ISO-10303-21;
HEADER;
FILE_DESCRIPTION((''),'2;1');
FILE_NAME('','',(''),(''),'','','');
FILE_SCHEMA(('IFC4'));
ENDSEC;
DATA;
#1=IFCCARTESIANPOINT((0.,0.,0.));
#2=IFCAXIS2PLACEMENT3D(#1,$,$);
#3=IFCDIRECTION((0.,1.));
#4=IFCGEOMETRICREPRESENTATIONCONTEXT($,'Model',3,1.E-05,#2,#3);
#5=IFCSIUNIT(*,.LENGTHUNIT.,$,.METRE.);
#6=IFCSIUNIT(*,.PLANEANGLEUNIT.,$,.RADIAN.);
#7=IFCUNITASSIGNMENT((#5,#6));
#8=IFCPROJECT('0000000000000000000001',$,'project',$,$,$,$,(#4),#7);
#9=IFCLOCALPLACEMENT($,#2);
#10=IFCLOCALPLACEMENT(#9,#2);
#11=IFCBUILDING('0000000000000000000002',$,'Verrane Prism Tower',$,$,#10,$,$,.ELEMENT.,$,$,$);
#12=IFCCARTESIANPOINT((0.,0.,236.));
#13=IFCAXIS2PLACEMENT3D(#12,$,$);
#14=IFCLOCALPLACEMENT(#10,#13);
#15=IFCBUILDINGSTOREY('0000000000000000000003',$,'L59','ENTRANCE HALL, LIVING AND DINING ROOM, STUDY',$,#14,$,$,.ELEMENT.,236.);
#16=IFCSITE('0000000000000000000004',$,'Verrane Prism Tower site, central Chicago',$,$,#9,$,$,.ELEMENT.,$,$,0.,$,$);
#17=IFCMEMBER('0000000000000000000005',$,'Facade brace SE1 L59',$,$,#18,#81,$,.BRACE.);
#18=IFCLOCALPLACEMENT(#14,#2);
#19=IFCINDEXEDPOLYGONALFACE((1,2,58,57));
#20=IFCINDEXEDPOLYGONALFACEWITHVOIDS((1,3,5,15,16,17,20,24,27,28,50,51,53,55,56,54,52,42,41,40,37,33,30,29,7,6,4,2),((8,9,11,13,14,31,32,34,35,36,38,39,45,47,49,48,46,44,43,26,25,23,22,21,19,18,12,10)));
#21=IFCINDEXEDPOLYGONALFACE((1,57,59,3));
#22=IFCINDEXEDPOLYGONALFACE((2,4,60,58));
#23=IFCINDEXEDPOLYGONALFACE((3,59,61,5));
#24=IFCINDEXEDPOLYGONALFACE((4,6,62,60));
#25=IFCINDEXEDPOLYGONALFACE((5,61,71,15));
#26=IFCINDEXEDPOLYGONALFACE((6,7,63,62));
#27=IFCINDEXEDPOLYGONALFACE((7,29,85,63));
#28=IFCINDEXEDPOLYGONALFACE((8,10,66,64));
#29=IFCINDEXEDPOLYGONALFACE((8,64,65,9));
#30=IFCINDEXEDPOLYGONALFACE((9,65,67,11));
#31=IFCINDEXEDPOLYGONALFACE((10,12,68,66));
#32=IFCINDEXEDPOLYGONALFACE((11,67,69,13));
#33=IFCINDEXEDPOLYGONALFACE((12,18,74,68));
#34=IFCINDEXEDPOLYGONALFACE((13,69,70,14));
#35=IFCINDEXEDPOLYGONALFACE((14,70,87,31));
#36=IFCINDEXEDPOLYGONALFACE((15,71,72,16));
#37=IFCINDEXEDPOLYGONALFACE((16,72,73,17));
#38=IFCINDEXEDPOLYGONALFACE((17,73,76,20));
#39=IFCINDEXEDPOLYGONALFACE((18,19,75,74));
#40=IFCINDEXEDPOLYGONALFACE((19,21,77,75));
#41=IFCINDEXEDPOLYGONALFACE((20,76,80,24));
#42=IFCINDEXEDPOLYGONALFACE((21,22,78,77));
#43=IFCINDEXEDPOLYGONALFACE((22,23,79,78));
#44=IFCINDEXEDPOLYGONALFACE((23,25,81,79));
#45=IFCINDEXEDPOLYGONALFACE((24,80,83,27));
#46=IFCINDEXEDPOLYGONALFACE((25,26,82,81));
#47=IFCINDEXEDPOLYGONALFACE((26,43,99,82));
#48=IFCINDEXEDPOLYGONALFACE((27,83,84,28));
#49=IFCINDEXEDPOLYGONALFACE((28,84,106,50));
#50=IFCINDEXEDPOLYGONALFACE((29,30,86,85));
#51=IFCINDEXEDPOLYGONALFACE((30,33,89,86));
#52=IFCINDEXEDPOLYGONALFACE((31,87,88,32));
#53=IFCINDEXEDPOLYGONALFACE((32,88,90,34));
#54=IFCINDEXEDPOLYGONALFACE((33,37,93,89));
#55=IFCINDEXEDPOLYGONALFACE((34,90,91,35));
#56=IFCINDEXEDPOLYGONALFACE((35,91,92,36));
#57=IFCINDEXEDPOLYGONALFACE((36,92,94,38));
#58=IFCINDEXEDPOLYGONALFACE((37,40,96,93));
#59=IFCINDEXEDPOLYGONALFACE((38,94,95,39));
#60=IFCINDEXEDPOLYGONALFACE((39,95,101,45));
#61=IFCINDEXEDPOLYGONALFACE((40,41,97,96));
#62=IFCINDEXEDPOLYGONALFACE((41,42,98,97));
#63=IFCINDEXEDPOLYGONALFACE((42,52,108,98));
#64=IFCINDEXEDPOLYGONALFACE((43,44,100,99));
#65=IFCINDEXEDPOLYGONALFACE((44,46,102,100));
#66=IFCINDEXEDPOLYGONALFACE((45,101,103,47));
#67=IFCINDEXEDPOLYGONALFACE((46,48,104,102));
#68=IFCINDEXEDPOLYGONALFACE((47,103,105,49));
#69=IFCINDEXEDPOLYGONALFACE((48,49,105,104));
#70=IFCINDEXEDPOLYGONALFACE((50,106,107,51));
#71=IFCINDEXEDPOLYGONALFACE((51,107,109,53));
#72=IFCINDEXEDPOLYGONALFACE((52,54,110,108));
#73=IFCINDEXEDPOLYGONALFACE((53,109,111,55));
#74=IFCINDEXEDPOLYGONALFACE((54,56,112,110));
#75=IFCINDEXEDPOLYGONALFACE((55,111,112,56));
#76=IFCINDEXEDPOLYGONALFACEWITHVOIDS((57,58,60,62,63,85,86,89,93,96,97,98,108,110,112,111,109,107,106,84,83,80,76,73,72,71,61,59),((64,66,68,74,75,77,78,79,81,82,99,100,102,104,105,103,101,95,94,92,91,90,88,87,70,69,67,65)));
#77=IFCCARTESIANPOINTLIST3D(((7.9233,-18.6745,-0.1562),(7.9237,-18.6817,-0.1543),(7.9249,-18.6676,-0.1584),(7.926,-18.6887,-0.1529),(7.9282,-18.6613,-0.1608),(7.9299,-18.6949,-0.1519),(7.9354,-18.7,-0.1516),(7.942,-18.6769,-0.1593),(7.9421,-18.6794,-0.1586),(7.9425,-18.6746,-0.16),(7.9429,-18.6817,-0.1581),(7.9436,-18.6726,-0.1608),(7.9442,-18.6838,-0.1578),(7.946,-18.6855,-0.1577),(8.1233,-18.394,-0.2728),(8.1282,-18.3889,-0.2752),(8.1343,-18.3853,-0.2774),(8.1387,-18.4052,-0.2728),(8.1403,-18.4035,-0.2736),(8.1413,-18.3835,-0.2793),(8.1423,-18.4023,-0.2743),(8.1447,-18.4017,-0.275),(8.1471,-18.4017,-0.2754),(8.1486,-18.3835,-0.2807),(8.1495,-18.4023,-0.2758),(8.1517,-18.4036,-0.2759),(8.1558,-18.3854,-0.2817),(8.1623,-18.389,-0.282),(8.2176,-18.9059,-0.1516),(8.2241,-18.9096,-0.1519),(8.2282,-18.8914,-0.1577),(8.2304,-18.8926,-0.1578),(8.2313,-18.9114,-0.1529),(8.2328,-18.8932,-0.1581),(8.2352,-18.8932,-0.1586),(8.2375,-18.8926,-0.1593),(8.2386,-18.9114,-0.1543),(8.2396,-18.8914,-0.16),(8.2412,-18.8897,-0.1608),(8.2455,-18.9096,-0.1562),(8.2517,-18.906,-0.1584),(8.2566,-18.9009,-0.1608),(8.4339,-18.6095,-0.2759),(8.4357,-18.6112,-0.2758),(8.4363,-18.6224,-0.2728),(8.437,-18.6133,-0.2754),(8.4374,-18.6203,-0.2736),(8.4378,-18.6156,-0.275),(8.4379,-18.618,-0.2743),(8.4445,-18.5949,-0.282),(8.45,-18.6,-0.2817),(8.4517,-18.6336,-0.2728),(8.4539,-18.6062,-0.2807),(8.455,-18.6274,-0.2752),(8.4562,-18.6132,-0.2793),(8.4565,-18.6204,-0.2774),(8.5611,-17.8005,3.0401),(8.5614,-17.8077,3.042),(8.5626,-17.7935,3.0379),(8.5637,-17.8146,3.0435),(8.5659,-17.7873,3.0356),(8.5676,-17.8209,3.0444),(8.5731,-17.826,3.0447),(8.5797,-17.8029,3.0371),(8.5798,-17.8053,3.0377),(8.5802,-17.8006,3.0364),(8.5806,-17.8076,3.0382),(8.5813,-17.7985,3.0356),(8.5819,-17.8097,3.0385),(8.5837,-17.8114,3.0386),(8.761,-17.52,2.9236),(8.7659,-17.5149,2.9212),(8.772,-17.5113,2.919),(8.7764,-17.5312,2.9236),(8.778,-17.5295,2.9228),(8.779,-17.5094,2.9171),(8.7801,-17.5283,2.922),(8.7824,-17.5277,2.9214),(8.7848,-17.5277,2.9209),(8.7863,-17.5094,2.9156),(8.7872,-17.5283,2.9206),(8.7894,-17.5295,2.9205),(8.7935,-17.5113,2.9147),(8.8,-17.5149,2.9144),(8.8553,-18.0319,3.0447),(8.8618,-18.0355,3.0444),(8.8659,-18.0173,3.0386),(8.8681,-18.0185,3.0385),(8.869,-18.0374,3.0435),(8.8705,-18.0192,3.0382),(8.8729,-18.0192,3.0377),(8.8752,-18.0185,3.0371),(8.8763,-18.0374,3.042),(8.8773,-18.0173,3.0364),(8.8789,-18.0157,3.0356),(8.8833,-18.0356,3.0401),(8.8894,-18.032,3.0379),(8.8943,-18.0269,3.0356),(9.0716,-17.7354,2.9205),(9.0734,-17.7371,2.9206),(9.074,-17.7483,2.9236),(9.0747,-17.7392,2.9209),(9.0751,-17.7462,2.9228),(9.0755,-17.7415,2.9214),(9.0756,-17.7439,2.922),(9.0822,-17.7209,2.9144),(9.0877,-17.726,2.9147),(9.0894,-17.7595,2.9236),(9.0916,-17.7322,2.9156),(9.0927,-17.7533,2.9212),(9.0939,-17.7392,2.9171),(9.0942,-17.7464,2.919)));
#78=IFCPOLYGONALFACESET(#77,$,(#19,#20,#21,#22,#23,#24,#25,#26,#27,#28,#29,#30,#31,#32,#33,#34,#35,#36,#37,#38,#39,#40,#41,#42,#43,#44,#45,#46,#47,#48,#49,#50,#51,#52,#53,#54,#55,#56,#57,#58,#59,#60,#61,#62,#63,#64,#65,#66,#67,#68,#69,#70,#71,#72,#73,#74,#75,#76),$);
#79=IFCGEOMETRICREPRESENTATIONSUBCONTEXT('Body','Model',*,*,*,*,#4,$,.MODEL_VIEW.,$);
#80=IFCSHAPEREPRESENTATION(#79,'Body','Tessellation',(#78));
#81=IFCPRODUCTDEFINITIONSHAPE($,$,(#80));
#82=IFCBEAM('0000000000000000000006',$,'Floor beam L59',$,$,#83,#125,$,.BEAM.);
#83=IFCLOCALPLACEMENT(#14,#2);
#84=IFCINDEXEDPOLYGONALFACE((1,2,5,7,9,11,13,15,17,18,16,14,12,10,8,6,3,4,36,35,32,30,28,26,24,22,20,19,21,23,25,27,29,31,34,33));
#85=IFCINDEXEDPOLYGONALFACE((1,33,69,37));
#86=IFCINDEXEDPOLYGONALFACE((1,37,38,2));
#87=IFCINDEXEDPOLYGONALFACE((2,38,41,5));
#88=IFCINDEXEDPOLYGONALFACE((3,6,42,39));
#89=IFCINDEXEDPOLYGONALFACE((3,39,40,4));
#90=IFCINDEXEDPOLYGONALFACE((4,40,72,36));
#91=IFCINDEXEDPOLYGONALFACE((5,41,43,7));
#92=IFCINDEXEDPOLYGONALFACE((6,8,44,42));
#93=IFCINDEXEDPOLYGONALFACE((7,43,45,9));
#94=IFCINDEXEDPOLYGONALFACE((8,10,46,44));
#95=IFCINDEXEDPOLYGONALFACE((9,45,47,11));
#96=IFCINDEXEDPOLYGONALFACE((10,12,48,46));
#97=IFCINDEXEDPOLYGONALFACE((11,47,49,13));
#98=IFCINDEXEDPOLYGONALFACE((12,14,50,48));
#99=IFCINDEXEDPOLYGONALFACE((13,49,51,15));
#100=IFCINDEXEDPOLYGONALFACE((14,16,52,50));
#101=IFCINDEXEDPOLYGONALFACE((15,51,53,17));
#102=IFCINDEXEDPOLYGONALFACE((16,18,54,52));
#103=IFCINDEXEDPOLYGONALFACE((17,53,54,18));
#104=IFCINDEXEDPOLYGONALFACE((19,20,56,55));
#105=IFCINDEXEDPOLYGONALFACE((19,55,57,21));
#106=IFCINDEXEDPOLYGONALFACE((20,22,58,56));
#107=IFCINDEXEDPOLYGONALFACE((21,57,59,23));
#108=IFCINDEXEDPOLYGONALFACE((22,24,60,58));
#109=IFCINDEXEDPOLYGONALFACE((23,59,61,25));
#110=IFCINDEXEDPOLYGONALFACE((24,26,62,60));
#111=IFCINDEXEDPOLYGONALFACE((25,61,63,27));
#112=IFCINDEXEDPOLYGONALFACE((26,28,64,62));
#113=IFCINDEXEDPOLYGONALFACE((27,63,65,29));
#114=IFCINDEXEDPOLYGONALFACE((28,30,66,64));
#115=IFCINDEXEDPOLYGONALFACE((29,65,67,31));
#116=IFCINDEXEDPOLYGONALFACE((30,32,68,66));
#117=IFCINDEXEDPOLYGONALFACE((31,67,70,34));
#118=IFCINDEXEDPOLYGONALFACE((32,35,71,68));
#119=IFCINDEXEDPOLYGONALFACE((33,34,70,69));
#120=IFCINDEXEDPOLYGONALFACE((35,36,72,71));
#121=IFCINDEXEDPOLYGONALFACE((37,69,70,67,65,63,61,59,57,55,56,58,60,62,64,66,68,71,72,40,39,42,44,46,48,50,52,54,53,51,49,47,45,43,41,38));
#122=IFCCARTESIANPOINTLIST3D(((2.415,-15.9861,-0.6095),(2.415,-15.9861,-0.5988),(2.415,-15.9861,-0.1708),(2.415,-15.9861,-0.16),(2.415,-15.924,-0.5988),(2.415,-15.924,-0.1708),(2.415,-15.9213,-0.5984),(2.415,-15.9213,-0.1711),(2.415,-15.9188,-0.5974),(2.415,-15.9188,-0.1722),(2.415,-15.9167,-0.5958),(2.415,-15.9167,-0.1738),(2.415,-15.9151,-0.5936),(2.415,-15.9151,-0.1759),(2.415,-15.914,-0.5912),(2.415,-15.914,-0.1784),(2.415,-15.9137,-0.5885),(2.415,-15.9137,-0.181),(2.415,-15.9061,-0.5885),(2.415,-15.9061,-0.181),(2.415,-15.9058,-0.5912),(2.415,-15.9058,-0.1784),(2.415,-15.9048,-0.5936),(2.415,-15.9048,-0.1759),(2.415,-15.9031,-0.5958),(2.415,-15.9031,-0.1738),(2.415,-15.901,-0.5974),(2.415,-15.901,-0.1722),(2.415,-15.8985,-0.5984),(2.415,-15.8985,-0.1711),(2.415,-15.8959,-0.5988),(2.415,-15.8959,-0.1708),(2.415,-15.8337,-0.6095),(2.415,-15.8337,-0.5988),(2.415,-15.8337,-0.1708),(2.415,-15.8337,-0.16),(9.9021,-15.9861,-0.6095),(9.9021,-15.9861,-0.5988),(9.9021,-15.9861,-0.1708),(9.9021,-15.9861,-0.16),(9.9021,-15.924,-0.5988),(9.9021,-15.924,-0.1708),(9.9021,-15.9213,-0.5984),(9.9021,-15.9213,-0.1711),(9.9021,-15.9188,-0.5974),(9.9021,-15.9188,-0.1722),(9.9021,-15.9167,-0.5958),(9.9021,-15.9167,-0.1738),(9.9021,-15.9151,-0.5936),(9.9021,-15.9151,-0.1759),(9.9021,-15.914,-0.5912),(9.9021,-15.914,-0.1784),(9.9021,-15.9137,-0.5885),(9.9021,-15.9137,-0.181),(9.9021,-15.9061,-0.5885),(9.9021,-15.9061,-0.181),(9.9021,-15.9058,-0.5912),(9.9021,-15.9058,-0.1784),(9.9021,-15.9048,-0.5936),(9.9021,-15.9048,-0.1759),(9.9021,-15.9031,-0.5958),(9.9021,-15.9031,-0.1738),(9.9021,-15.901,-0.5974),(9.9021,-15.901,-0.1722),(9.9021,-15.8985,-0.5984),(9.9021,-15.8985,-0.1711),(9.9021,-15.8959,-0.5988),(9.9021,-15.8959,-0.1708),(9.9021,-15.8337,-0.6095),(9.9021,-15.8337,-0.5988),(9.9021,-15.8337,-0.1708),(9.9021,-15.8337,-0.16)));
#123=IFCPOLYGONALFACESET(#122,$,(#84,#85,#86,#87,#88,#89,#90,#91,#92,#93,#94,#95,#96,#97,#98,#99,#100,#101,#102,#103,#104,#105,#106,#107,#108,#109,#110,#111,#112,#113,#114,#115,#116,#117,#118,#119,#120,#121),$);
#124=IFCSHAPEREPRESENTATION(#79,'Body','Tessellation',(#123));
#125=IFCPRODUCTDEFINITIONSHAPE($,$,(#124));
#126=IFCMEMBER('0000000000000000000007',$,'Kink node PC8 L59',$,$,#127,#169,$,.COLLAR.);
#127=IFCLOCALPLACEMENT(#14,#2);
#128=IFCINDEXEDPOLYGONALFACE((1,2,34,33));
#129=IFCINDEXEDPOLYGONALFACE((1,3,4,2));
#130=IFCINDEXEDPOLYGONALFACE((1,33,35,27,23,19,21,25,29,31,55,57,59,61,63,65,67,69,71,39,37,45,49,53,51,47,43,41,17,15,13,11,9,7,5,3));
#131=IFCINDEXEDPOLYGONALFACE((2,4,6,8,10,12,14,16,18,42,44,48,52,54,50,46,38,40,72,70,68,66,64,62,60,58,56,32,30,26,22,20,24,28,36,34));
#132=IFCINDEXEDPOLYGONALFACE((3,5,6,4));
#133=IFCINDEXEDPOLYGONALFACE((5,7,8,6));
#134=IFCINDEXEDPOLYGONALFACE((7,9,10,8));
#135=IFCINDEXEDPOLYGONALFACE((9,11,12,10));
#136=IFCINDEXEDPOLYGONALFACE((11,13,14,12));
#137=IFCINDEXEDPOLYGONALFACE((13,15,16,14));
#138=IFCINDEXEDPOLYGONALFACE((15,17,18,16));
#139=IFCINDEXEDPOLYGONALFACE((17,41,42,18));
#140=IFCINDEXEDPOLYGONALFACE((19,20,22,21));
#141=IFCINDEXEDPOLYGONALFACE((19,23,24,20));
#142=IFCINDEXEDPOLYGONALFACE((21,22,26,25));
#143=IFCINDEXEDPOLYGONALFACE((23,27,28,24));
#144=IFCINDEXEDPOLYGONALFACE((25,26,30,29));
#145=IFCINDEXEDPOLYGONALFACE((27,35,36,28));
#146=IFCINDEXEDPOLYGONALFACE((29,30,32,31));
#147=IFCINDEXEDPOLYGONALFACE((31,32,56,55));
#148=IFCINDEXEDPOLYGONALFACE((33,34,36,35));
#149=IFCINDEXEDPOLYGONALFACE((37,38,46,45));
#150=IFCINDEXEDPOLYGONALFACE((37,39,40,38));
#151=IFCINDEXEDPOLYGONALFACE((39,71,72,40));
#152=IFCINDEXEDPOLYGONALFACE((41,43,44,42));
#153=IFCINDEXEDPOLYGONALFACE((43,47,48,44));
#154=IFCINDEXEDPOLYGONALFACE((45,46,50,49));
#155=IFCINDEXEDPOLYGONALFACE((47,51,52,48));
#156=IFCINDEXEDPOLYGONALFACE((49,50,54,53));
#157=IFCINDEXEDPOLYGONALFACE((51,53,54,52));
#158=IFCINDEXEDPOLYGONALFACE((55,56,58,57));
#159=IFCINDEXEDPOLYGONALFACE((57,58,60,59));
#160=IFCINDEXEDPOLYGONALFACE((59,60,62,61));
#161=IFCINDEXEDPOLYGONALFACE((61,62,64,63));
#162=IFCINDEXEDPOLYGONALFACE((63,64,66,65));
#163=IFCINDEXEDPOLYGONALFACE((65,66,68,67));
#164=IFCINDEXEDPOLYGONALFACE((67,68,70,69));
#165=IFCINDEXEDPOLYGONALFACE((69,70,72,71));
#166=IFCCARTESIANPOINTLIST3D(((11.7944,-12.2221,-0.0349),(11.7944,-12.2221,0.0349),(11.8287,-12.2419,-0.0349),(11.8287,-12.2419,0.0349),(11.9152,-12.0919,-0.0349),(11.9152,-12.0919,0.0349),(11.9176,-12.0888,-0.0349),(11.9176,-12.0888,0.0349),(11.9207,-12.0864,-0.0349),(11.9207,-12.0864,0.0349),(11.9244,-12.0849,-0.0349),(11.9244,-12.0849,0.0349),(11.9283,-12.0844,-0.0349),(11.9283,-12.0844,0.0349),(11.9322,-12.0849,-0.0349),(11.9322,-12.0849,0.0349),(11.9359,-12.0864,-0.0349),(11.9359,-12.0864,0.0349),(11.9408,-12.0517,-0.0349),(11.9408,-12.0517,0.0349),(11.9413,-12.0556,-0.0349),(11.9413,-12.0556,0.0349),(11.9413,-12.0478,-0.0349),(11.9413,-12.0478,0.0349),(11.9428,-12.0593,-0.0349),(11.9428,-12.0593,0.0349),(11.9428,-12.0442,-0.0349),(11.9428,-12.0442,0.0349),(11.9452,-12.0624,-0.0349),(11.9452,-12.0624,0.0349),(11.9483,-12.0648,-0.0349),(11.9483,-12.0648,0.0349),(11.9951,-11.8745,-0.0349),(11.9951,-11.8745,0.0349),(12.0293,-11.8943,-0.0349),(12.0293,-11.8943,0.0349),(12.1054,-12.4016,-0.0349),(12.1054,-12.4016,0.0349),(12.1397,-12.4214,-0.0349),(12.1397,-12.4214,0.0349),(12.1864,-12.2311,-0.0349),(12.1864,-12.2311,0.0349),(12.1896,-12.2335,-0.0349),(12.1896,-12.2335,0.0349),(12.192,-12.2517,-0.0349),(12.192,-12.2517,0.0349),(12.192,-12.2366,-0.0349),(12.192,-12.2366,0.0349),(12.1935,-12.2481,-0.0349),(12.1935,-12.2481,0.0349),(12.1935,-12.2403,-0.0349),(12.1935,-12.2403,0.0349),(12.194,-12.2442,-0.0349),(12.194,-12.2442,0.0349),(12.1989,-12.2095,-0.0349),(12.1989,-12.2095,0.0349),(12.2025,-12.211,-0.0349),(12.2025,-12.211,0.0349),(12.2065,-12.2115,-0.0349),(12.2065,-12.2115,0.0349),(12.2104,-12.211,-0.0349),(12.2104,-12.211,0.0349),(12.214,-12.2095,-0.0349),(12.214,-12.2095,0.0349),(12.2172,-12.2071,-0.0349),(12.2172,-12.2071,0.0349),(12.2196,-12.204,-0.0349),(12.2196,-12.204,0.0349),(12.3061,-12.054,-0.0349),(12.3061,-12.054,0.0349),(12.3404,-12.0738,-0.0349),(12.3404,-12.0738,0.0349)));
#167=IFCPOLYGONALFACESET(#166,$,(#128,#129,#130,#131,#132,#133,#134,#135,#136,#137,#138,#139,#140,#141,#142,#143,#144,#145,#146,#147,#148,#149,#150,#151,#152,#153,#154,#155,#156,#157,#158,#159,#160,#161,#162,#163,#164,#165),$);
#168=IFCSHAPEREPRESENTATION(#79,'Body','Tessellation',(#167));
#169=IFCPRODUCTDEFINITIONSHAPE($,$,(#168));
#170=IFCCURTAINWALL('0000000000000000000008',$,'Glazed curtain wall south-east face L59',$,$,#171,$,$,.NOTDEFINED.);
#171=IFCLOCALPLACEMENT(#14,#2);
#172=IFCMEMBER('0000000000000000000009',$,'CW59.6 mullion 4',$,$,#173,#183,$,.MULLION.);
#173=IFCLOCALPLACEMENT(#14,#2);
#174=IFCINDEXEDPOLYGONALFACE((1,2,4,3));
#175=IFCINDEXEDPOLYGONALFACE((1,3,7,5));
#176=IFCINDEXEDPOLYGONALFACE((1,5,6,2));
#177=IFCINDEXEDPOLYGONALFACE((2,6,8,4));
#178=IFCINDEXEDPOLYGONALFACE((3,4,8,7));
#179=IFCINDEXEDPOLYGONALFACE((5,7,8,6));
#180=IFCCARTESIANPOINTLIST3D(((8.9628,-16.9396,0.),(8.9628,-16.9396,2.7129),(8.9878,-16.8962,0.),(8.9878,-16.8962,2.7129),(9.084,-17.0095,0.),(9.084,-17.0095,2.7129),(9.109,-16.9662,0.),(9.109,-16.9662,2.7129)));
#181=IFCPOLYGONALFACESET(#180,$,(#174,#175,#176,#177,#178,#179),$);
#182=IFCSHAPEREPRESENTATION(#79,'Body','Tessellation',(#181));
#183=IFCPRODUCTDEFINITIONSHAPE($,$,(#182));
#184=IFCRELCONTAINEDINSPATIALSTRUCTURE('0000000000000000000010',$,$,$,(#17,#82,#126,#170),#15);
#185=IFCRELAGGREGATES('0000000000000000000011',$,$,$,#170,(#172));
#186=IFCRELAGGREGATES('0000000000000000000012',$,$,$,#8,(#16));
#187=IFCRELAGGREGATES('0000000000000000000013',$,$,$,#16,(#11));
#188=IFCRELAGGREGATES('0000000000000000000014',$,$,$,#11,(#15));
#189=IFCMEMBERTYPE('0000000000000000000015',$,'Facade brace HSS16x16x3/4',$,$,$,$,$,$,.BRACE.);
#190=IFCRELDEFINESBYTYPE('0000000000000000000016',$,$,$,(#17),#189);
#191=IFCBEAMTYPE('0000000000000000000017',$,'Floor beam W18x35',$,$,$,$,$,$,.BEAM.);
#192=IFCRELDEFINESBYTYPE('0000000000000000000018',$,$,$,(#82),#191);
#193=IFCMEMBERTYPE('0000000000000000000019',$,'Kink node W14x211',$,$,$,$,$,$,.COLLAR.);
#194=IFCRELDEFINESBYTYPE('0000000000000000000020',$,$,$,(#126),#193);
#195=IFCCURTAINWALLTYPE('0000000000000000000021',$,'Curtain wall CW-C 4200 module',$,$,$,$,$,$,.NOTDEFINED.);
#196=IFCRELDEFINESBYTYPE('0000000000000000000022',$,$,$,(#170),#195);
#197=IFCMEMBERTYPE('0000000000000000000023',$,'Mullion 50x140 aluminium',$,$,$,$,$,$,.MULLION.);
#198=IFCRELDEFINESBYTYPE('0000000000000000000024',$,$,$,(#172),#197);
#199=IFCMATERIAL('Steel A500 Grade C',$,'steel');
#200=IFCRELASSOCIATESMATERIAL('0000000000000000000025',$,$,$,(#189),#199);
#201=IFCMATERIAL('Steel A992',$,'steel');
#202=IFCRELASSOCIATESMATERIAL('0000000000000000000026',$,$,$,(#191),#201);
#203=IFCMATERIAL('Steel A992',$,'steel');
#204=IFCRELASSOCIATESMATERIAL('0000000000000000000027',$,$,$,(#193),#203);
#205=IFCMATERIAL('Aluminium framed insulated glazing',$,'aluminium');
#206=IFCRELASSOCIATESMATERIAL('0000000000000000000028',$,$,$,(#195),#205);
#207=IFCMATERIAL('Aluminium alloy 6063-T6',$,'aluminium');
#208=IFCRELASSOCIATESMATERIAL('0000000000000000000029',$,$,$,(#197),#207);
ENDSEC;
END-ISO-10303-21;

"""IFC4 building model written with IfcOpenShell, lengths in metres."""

from ifc_helpers import new_model, si_unit, direction, frame, origin, origin_2d, place, context, subcontext, project, spatial, rectangle, hollow_rectangle, i_section, extrude, material, material_profile, profile_set, type_object, element, aggregate, save


model = new_model("IFC4")

# Units and contexts
model_context = context("Model", 3, precision=1e-05, world=origin(), true_north=direction((0.0, 1.0)))
body_context = subcontext(model_context, "Body", "Model", "MODEL_VIEW")
ifc_project = project(units=[si_unit("LENGTHUNIT", "METRE"), si_unit("PLANEANGLEUNIT", "RADIAN")], contexts=[model_context])

# Site, building, storey
site_placement = place(None, origin())
site = spatial("IfcSite", under=ifc_project, at=site_placement, Name="Verrane Prism Tower site, central Chicago", CompositionType="ELEMENT", RefElevation=0.0)
building_placement = place(site_placement, origin())
building = spatial("IfcBuilding", under=site, at=building_placement, Name="Verrane Prism Tower", CompositionType="ELEMENT")
storey_placement = place(building_placement, frame((0.0, 0.0, 236.0)))
storey = spatial("IfcBuildingStorey", under=building, at=storey_placement, Name="L59", Description="ENTRANCE HALL, LIVING AND DINING ROOM, STUDY", CompositionType="ELEMENT", Elevation=236.0)

# Member
ifc_material_1 = material(Name="Steel A500 Grade C", Category="steel")
ifc_material_profile_1 = material_profile(ifc_material_1, hollow_rectangle(XDim=0.4065, YDim=0.4065, WallThickness=0.019, InnerFilletRadius=0.0095, OuterFilletRadius=0.0286, at=origin_2d()), Name="HSS16x16x3/4")
ifc_profile_set_1 = profile_set([ifc_material_profile_1], Name="Steel A500 Grade C")
member_type_1 = type_object("IfcMemberType", Name="Facade brace HSS16x16x3/4", PredefinedType="BRACE", material=ifc_profile_set_1)
member_1_placement = place(storey_placement, frame((8.1899, -18.6475, -0.2168), z_axis=(0.188978, 0.259013, 0.947206), x_axis=(-0.807837, 0.589405, 0.0)))
element("IfcMember", 1, at=member_1_placement, inside=storey, type_object=member_type_1, Name="Facade brace SE1 L59", PredefinedType="BRACE", context=body_context, shape_type="SweptSolid", body=[
    extrude(hollow_rectangle(XDim=0.4065, YDim=0.4065, WallThickness=0.019, InnerFilletRadius=0.0095, OuterFilletRadius=0.0286, at=origin_2d()), origin(), (0.0, 0.0, 1.0), 3.3745),
])

# Beam
ifc_material_2 = material(Name="Steel A992", Category="steel")
ifc_material_profile_2 = material_profile(ifc_material_2, i_section(OverallWidth=0.1523, OverallDepth=0.4495, WebThickness=0.0076, FlangeThickness=0.0107, FilletRadius=0.0103, at=origin_2d()), Name="W18x35")
ifc_profile_set_2 = profile_set([ifc_material_profile_2], Name="Steel A992")
beam_type_1 = type_object("IfcBeamType", Name="Floor beam W18x35", PredefinedType="BEAM", material=ifc_profile_set_2)
beam_1_placement = place(storey_placement, frame((2.415, -15.9099, -0.3848), z_axis=(1.0, 0.0, 0.0), x_axis=(0.0, 1.0, 0.0)))
element("IfcBeam", 2, at=beam_1_placement, inside=storey, type_object=beam_type_1, Name="Floor beam L59", PredefinedType="BEAM", context=body_context, shape_type="SweptSolid", body=[
    extrude(i_section(OverallWidth=0.1523, OverallDepth=0.4495, WebThickness=0.0076, FlangeThickness=0.0107, FilletRadius=0.0103, at=origin_2d()), origin(), (0.0, 0.0, 1.0), 7.4871),
])

# Member
ifc_material_3 = material(Name="Steel A992", Category="steel")
ifc_material_profile_3 = material_profile(ifc_material_3, i_section(OverallWidth=0.4014, OverallDepth=0.3987, WebThickness=0.0249, FlangeThickness=0.0396, FilletRadius=0.0151, at=origin_2d()), Name="W14x211")
ifc_profile_set_3 = profile_set([ifc_material_profile_3], Name="Steel A992")
member_type_2 = type_object("IfcMemberType", Name="Kink node W14x211", PredefinedType="COLLAR", material=ifc_profile_set_3)
member_2_placement = place(storey_placement, frame((12.0674, -12.1479, -0.0349), z_axis=(0.0, 0.0, 1.0), x_axis=(-0.5, -0.866025, 0.0)))
element("IfcMember", 3, at=member_2_placement, inside=storey, type_object=member_type_2, Name="Kink node PC8 L59", PredefinedType="COLLAR", context=body_context, shape_type="SweptSolid", body=[
    extrude(i_section(OverallWidth=0.4014, OverallDepth=0.3987, WebThickness=0.0249, FlangeThickness=0.0396, FilletRadius=0.0151, at=origin_2d()), origin(), (0.0, 0.0, 1.0), 0.0698),
])

# Curtain wall, member
ifc_material_4 = material(Name="Aluminium framed insulated glazing", Category="aluminium")
curtain_wall_type = type_object("IfcCurtainWallType", Name="Curtain wall CW-C 4200 module", PredefinedType="NOTDEFINED", material=ifc_material_4)
curtain_wall_placement = place(storey_placement, origin())
curtain_wall = element("IfcCurtainWall", 4, at=curtain_wall_placement, inside=storey, type_object=curtain_wall_type, Name="Glazed curtain wall south-east face L59", PredefinedType="NOTDEFINED")
ifc_material_5 = material(Name="Aluminium alloy 6063-T6", Category="aluminium")
ifc_material_profile_4 = material_profile(ifc_material_5, rectangle(XDim=0.1399, YDim=0.05, at=origin_2d()), Name="Mullion 50x140 aluminium")
ifc_profile_set_4 = profile_set([ifc_material_profile_4], Name="Aluminium alloy 6063-T6")
member_type_3 = type_object("IfcMemberType", Name="Mullion 50x140 aluminium", PredefinedType="MULLION", material=ifc_profile_set_4)
member_3_placement = place(storey_placement, frame((9.0359, -16.9529, 0.0), z_axis=(0.0, 0.0, 1.0), x_axis=(-0.866026, 0.499999, 0.0)))
member_3 = element("IfcMember", 5, at=member_3_placement, type_object=member_type_3, Name="CW59.6 mullion 4", PredefinedType="MULLION", context=body_context, shape_type="SweptSolid", body=[
    extrude(rectangle(XDim=0.1399, YDim=0.05, at=origin_2d()), origin(), (0.0, 0.0, 1.0), 2.7129),
])

aggregate(curtain_wall, [member_3])

save(model, "model.ifc")
